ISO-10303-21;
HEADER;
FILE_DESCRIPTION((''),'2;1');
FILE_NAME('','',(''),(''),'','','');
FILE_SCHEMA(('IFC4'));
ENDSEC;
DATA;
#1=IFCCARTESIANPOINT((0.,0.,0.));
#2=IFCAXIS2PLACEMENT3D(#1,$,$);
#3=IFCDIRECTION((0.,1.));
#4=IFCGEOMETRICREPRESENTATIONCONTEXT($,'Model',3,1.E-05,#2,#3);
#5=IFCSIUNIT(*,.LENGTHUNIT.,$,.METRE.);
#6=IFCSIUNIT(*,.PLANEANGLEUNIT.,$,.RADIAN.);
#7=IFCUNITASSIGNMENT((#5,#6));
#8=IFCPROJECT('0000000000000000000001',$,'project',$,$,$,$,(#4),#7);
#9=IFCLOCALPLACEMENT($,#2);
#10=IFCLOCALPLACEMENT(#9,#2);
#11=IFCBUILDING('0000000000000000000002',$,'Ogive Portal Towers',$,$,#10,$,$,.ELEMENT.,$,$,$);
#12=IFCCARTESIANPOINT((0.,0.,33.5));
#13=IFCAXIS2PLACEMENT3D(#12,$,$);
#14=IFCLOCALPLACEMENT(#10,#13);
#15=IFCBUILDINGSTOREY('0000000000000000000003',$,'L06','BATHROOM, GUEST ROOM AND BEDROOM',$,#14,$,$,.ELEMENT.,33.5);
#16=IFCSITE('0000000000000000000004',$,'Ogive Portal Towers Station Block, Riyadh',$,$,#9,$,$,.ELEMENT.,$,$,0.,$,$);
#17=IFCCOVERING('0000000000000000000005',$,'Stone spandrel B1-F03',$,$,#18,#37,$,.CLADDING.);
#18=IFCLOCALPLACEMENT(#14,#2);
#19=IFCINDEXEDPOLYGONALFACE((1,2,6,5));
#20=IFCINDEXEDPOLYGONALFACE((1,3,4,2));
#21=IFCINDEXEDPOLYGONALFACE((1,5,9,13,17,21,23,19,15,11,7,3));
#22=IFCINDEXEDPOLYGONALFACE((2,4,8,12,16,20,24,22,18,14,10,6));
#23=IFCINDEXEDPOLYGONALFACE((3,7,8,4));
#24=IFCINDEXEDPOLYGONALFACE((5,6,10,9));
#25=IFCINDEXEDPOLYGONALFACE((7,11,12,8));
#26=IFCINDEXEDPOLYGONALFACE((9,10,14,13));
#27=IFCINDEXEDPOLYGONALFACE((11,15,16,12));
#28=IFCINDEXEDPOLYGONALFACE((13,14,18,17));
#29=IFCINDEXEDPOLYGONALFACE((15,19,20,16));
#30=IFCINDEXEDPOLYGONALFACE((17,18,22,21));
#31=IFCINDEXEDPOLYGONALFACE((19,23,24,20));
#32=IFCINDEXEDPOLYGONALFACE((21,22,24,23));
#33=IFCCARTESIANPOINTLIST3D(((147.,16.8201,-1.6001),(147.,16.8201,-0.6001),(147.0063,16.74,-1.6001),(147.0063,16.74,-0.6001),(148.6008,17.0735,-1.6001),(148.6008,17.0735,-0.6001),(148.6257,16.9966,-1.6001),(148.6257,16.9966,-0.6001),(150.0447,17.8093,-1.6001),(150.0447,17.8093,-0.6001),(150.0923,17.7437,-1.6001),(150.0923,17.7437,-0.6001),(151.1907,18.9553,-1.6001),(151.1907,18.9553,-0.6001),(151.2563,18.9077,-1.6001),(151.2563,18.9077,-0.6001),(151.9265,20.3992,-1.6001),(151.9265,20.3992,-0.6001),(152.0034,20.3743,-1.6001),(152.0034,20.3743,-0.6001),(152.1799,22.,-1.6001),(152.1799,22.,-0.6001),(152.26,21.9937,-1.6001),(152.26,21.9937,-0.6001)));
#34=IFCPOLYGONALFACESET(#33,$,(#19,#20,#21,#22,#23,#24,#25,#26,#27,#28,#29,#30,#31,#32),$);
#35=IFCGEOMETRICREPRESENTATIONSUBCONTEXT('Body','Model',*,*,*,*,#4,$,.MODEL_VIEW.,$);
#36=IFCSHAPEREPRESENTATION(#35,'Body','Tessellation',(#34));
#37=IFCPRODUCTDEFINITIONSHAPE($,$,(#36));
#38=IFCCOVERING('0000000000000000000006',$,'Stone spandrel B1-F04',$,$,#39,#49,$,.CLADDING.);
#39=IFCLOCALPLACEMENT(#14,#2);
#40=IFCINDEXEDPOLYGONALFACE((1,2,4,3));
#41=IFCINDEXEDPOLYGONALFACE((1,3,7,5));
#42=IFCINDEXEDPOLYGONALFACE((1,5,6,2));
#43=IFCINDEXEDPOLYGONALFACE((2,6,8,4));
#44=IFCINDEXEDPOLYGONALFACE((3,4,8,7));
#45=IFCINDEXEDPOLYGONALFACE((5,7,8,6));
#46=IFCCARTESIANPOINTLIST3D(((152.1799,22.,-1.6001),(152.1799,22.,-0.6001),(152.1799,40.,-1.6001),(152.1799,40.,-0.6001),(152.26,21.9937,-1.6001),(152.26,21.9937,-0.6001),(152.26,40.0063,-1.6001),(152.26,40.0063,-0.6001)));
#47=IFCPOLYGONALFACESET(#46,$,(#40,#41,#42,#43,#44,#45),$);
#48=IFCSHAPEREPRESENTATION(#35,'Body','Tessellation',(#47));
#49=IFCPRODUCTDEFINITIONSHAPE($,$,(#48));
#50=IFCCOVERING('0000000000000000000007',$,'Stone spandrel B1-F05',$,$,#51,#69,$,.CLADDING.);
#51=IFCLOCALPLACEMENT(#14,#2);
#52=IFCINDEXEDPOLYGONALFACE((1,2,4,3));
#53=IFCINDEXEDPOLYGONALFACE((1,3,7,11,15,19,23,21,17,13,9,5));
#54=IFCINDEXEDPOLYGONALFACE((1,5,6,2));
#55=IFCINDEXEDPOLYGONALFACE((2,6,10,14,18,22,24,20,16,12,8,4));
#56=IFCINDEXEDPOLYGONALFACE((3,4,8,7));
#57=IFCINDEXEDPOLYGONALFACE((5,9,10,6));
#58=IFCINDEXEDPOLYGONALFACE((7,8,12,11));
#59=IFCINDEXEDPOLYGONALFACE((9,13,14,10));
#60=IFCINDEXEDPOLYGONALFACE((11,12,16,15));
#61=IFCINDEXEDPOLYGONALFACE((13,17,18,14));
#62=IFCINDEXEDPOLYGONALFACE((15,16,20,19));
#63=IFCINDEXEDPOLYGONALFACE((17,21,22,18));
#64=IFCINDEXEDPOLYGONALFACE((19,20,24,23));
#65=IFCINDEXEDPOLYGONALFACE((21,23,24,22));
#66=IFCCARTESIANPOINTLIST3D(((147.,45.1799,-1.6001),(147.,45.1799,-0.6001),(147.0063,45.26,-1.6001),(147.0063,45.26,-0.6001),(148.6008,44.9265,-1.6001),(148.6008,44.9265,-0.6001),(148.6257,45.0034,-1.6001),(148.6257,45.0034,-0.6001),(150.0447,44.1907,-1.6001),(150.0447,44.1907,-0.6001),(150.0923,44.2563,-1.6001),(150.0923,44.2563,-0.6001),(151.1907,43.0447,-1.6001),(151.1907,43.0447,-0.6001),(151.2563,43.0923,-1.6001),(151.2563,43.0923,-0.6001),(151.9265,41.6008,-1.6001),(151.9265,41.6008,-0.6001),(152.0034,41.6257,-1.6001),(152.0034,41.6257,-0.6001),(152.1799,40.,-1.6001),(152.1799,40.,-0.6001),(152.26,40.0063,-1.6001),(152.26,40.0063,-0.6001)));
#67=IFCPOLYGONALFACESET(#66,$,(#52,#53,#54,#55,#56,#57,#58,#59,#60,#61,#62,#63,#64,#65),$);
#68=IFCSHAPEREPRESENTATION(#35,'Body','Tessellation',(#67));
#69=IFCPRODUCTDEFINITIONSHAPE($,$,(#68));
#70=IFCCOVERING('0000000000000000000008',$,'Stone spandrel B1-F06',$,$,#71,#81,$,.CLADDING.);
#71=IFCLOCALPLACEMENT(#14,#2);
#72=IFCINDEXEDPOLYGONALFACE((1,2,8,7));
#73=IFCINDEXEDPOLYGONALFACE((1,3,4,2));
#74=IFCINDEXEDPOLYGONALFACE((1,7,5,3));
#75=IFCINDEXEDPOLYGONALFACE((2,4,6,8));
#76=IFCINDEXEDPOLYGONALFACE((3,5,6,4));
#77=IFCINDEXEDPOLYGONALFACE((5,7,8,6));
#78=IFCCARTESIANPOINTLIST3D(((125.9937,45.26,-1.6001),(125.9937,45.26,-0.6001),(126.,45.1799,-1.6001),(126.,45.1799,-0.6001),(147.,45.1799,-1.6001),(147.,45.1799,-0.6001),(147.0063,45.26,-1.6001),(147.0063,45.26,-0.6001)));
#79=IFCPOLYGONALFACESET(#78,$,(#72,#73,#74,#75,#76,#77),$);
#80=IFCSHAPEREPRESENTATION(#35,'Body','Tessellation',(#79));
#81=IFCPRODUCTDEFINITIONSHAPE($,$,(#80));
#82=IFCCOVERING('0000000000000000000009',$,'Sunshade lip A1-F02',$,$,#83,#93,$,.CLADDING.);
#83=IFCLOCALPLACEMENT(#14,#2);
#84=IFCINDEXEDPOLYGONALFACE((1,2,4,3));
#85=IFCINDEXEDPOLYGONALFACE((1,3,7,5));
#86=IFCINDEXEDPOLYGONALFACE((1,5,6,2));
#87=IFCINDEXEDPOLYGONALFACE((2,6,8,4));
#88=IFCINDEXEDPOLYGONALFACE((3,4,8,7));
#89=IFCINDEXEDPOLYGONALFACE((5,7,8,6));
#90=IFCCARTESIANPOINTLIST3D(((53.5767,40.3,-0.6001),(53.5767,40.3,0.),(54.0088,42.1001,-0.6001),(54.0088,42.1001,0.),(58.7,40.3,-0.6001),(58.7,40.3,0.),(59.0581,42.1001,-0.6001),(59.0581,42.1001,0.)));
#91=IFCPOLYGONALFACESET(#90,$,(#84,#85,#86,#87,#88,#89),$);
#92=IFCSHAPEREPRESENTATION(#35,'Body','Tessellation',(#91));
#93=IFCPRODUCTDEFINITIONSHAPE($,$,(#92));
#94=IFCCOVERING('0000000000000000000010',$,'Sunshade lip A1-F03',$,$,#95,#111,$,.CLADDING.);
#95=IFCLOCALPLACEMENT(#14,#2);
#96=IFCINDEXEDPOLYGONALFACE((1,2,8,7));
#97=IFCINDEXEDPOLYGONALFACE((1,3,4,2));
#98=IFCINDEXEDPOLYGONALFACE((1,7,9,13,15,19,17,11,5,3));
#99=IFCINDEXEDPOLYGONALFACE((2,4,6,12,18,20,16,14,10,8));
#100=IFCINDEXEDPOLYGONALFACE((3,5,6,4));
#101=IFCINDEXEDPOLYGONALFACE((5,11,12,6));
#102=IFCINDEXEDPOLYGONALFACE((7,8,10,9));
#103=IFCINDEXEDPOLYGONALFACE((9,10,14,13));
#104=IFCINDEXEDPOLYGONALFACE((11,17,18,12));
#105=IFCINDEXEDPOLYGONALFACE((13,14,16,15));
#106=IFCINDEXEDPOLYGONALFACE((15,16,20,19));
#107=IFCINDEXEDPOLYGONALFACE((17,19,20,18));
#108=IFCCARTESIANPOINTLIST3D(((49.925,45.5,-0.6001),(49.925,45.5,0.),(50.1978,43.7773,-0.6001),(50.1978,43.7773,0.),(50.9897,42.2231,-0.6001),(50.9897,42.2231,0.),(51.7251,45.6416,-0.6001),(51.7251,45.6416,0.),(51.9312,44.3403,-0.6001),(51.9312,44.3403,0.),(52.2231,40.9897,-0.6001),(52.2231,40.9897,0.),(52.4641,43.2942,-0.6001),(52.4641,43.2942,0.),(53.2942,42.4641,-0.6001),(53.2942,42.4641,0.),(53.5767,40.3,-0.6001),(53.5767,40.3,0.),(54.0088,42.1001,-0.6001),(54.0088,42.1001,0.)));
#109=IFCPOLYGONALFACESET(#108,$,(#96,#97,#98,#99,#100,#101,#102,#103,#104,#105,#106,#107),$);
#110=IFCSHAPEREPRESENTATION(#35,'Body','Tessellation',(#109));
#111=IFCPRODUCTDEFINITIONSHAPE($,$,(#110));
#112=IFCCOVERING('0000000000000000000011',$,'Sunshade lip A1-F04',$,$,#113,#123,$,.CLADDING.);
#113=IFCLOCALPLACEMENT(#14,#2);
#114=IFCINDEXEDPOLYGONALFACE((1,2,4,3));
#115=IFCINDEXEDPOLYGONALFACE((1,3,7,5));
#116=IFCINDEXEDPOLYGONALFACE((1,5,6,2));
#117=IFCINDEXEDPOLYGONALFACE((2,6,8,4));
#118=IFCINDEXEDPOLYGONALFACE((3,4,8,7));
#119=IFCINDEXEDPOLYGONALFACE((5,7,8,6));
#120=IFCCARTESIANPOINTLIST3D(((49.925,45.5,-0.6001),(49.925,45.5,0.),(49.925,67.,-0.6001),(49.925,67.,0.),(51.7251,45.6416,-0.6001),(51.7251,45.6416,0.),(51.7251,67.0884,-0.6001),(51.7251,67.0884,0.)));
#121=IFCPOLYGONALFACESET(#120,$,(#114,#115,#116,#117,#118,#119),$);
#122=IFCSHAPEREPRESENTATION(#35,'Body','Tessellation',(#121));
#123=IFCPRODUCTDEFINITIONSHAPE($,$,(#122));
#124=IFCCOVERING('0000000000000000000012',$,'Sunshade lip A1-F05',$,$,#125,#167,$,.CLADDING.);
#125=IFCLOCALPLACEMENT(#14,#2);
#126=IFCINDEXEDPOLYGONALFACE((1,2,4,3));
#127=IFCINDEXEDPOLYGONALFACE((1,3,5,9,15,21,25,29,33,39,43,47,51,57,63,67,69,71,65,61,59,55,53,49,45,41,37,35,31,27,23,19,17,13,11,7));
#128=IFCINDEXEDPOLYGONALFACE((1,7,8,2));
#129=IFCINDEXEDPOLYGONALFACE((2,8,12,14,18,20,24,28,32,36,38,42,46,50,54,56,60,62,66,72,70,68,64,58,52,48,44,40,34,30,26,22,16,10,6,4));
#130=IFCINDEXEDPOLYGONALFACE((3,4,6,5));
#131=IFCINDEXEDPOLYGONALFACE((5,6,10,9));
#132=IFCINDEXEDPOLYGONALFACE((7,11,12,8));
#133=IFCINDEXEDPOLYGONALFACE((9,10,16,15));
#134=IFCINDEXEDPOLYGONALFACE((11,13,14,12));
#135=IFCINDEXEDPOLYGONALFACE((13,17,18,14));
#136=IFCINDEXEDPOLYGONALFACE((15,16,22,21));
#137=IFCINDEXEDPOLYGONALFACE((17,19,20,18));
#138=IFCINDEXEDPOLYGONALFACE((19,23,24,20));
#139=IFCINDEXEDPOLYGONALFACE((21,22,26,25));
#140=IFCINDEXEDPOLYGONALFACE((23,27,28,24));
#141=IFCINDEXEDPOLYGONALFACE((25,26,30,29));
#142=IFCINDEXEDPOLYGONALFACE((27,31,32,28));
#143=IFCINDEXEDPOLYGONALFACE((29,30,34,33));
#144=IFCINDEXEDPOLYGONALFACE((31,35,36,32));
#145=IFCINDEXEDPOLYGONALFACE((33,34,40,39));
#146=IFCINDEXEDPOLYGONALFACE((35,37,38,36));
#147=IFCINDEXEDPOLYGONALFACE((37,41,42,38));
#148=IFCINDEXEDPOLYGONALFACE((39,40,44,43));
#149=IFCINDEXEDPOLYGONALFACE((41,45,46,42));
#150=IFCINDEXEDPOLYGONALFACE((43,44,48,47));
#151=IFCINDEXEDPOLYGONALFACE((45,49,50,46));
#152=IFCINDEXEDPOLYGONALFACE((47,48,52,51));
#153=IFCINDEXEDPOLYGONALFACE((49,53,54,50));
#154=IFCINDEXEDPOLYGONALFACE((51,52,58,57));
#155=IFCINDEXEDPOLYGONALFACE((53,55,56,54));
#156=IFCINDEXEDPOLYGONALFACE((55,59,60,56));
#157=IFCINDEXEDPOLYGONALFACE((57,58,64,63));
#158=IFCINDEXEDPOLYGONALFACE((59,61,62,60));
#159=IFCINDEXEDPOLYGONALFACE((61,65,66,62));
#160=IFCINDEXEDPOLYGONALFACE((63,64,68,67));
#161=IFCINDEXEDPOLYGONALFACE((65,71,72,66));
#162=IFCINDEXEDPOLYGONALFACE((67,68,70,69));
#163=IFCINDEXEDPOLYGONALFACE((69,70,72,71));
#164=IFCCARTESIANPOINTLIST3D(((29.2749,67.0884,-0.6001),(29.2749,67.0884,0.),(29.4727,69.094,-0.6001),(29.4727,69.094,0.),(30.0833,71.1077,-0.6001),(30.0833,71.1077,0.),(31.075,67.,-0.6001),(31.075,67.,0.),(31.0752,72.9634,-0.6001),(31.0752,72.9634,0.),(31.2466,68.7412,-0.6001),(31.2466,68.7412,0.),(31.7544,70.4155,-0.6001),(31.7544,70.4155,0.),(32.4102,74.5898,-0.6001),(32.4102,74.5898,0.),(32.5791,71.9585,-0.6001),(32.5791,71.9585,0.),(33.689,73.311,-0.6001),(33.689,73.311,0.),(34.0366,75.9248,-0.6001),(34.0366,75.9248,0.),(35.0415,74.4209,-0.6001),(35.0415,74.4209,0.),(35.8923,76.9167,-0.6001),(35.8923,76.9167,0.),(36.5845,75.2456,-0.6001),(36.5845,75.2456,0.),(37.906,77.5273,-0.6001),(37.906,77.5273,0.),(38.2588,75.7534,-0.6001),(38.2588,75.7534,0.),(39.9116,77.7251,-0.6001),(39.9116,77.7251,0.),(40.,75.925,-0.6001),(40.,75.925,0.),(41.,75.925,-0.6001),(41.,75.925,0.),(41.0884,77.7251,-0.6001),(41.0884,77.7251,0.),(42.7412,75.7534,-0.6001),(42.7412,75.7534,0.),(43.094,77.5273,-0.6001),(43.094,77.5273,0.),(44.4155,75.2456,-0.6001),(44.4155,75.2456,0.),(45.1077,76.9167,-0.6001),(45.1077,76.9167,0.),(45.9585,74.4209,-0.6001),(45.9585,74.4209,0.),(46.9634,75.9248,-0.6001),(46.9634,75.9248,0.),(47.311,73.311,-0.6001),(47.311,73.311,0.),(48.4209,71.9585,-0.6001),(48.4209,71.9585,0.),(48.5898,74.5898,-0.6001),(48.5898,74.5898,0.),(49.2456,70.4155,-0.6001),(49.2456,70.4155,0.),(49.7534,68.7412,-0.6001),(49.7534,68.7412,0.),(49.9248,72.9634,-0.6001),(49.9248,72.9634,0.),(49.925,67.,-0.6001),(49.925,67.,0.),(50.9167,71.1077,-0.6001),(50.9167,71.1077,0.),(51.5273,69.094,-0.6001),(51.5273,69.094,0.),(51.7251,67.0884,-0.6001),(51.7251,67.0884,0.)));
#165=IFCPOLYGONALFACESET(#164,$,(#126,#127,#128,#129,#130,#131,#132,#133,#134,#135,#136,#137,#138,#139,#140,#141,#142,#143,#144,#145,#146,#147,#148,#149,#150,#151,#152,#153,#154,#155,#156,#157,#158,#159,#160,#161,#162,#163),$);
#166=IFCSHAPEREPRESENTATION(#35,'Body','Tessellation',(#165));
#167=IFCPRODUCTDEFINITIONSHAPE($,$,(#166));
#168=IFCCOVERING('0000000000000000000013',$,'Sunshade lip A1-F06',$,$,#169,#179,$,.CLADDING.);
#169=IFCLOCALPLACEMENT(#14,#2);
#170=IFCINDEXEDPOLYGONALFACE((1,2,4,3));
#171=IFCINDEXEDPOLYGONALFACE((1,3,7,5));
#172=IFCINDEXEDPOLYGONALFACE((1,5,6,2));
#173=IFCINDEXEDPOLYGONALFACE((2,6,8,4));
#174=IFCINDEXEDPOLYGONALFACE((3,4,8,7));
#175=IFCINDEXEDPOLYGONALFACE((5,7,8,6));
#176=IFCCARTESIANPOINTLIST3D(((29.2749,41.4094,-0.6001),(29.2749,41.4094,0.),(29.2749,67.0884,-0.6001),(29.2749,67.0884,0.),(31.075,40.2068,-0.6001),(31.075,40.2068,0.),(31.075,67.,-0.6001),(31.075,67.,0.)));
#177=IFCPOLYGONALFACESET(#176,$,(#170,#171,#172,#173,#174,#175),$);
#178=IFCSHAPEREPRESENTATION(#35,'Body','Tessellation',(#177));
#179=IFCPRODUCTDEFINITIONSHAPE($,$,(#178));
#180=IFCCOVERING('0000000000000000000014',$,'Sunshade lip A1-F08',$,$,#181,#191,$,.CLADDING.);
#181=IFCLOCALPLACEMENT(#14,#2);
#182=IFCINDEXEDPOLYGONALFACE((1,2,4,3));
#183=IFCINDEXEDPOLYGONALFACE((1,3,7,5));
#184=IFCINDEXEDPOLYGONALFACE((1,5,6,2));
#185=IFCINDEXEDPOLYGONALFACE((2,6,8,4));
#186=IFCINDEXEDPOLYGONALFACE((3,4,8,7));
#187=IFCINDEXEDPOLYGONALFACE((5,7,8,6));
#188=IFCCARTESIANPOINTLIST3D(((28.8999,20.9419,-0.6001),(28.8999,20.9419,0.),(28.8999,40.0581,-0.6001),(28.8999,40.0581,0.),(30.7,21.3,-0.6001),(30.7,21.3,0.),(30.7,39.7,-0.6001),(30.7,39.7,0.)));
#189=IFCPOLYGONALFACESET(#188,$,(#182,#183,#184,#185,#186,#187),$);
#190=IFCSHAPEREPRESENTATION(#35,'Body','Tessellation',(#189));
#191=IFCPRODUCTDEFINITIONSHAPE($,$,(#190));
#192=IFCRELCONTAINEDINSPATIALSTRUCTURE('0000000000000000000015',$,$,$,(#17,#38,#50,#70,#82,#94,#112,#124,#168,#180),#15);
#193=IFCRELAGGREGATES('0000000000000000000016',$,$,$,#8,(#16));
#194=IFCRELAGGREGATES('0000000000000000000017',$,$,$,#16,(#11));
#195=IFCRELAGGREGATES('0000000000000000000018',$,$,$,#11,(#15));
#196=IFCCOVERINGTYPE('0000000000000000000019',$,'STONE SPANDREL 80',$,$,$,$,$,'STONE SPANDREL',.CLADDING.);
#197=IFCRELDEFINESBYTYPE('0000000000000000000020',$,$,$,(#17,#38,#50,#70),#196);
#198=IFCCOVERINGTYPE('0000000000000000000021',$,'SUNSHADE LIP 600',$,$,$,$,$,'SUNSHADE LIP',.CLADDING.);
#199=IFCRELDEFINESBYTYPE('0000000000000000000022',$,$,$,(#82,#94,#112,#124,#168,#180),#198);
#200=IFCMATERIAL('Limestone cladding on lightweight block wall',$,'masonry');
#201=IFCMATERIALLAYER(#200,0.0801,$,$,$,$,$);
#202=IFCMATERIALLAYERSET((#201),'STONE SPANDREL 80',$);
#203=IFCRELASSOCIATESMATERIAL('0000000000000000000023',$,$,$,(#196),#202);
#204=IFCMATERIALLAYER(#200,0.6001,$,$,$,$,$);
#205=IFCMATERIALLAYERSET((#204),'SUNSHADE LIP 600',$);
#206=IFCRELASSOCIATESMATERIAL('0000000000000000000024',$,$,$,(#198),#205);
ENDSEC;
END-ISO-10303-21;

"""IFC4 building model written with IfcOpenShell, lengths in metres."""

from ifc_helpers import new_model, si_unit, direction, frame, origin, place, context, subcontext, project, spatial, polyline, outline, extrude, material, layer, layer_set, type_object, element, save


model = new_model("IFC4")

# Units and contexts
model_context = context("Model", 3, precision=1e-05, world=origin(), true_north=direction((0.0, 1.0)))
body_context = subcontext(model_context, "Body", "Model", "MODEL_VIEW")
ifc_project = project(units=[si_unit("LENGTHUNIT", "METRE"), si_unit("PLANEANGLEUNIT", "RADIAN")], contexts=[model_context])

# Site, building, storey
site_placement = place(None, origin())
site = spatial("IfcSite", under=ifc_project, at=site_placement, Name="Ogive Portal Towers Station Block, Riyadh", CompositionType="ELEMENT", RefElevation=0.0)
building_placement = place(site_placement, origin())
building = spatial("IfcBuilding", under=site, at=building_placement, Name="Ogive Portal Towers", CompositionType="ELEMENT")
storey_placement = place(building_placement, frame((0.0, 0.0, 33.5)))
storey = spatial("IfcBuildingStorey", under=building, at=storey_placement, Name="L06", Description="BATHROOM, GUEST ROOM AND BEDROOM", CompositionType="ELEMENT", Elevation=33.5)

# Coverings
ifc_material_1 = material(Name="Limestone cladding on lightweight block wall", Category="masonry")
ifc_layer_1 = layer(ifc_material_1, 0.0801)
ifc_layer_set_1 = layer_set([ifc_layer_1], Name="STONE SPANDREL 80")
covering_type_1 = type_object("IfcCoveringType", Name="STONE SPANDREL 80", ElementType="STONE SPANDREL", PredefinedType="CLADDING", material=ifc_layer_set_1)
covering_1_placement = place(storey_placement, frame((0.0, 0.0, -1.6001)))
element("IfcCovering", 1, at=covering_1_placement, inside=storey, type_object=covering_type_1, Name="Stone spandrel B1-F03", PredefinedType="CLADDING", context=body_context, shape_type="SweptSolid", body=[
    extrude(outline(polyline([(147.0, 16.8201), (148.6008, 17.0735), (150.0447, 17.8093), (151.1907, 18.9553), (151.9265, 20.3992), (152.1799, 22.0), (152.26, 21.9937), (152.0034, 20.3743), (151.2563, 18.9077), (150.0923, 17.7437), (148.6257, 16.9966), (147.0063, 16.74), (147.0, 16.8201)])), origin(), (0.0, 0.0, 1.0), 1.0),
])
covering_2_placement = place(storey_placement, frame((0.0, 0.0, -1.6001)))
element("IfcCovering", 2, at=covering_2_placement, inside=storey, type_object=covering_type_1, Name="Stone spandrel B1-F04", PredefinedType="CLADDING", context=body_context, shape_type="SweptSolid", body=[
    extrude(outline(polyline([(152.1799, 22.0), (152.1799, 40.0), (152.26, 40.0063), (152.26, 21.9937), (152.1799, 22.0)])), origin(), (0.0, 0.0, 1.0), 1.0),
])
covering_3_placement = place(storey_placement, frame((0.0, 0.0, -1.6001)))
element("IfcCovering", 3, at=covering_3_placement, inside=storey, type_object=covering_type_1, Name="Stone spandrel B1-F05", PredefinedType="CLADDING", context=body_context, shape_type="SweptSolid", body=[
    extrude(outline(polyline([(152.1799, 40.0), (151.9265, 41.6008), (151.1907, 43.0447), (150.0447, 44.1907), (148.6008, 44.9265), (147.0, 45.1799), (147.0063, 45.26), (148.6257, 45.0034), (150.0923, 44.2563), (151.2563, 43.0923), (152.0034, 41.6257), (152.26, 40.0063), (152.1799, 40.0)])), origin(), (0.0, 0.0, 1.0), 1.0),
])
covering_4_placement = place(storey_placement, frame((0.0, 0.0, -1.6001)))
element("IfcCovering", 4, at=covering_4_placement, inside=storey, type_object=covering_type_1, Name="Stone spandrel B1-F06", PredefinedType="CLADDING", context=body_context, shape_type="SweptSolid", body=[
    extrude(outline(polyline([(147.0, 45.1799), (126.0, 45.1799), (125.9937, 45.26), (147.0063, 45.26), (147.0, 45.1799)])), origin(), (0.0, 0.0, 1.0), 1.0),
])
ifc_layer_2 = layer(ifc_material_1, 0.6001)
ifc_layer_set_2 = layer_set([ifc_layer_2], Name="SUNSHADE LIP 600")
covering_type_2 = type_object("IfcCoveringType", Name="SUNSHADE LIP 600", ElementType="SUNSHADE LIP", PredefinedType="CLADDING", material=ifc_layer_set_2)
covering_5_placement = place(storey_placement, frame((0.0, 0.0, -0.6001)))
element("IfcCovering", 5, at=covering_5_placement, inside=storey, type_object=covering_type_2, Name="Sunshade lip A1-F02", PredefinedType="CLADDING", context=body_context, shape_type="SweptSolid", body=[
    extrude(outline(polyline([(58.7, 40.3), (53.5767, 40.3), (54.0088, 42.1001), (59.0581, 42.1001), (58.7, 40.3)])), origin(), (0.0, 0.0, 1.0), 0.6001),
])
covering_6_placement = place(storey_placement, frame((0.0, 0.0, -0.6001)))
element("IfcCovering", 6, at=covering_6_placement, inside=storey, type_object=covering_type_2, Name="Sunshade lip A1-F03", PredefinedType="CLADDING", context=body_context, shape_type="SweptSolid", body=[
    extrude(outline(polyline([(53.5767, 40.3), (52.2231, 40.9897), (50.9897, 42.2231), (50.1978, 43.7773), (49.925, 45.5), (51.7251, 45.6416), (51.9312, 44.3403), (52.4641, 43.2942), (53.2942, 42.4641), (54.0088, 42.1001), (53.5767, 40.3)])), origin(), (0.0, 0.0, 1.0), 0.6001),
])
covering_7_placement = place(storey_placement, frame((0.0, 0.0, -0.6001)))
element("IfcCovering", 7, at=covering_7_placement, inside=storey, type_object=covering_type_2, Name="Sunshade lip A1-F04", PredefinedType="CLADDING", context=body_context, shape_type="SweptSolid", body=[
    extrude(outline(polyline([(49.925, 45.5), (49.925, 67.0), (51.7251, 67.0884), (51.7251, 45.6416), (49.925, 45.5)])), origin(), (0.0, 0.0, 1.0), 0.6001),
])
covering_8_placement = place(storey_placement, frame((0.0, 0.0, -0.6001)))
element("IfcCovering", 8, at=covering_8_placement, inside=storey, type_object=covering_type_2, Name="Sunshade lip A1-F05", PredefinedType="CLADDING", context=body_context, shape_type="SweptSolid", body=[
    extrude(outline(polyline([(49.925, 67.0), (49.7534, 68.7412), (49.2456, 70.4155), (48.4209, 71.9585), (47.311, 73.311), (45.9585, 74.4209), (44.4155, 75.2456), (42.7412, 75.7534), (41.0, 75.925), (40.0, 75.925), (38.2588, 75.7534), (36.5845, 75.2456), (35.0415, 74.4209), (33.689, 73.311), (32.5791, 71.9585), (31.7544, 70.4155), (31.2466, 68.7412), (31.075, 67.0), (29.2749, 67.0884), (29.4727, 69.094), (30.0833, 71.1077), (31.0752, 72.9634), (32.4102, 74.5898), (34.0366, 75.9248), (35.8923, 76.9167), (37.906, 77.5273), (39.9116, 77.7251), (41.0884, 77.7251), (43.094, 77.5273), (45.1077, 76.9167), (46.9634, 75.9248), (48.5898, 74.5898), (49.9248, 72.9634), (50.9167, 71.1077), (51.5273, 69.094), (51.7251, 67.0884), (49.925, 67.0)])), origin(), (0.0, 0.0, 1.0), 0.6001),
])
covering_9_placement = place(storey_placement, frame((0.0, 0.0, -0.6001)))
element("IfcCovering", 9, at=covering_9_placement, inside=storey, type_object=covering_type_2, Name="Sunshade lip A1-F06", PredefinedType="CLADDING", context=body_context, shape_type="SweptSolid", body=[
    extrude(outline(polyline([(31.075, 67.0), (31.075, 40.2068), (29.2749, 41.4094), (29.2749, 67.0884), (31.075, 67.0)])), origin(), (0.0, 0.0, 1.0), 0.6001),
])
covering_10_placement = place(storey_placement, frame((0.0, 0.0, -0.6001)))
element("IfcCovering", 10, at=covering_10_placement, inside=storey, type_object=covering_type_2, Name="Sunshade lip A1-F08", PredefinedType="CLADDING", context=body_context, shape_type="SweptSolid", body=[
    extrude(outline(polyline([(30.7, 39.7), (30.7, 21.3), (28.8999, 20.9419), (28.8999, 40.0581), (30.7, 39.7)])), origin(), (0.0, 0.0, 1.0), 0.6001),
])

save(model, "model.ifc")
